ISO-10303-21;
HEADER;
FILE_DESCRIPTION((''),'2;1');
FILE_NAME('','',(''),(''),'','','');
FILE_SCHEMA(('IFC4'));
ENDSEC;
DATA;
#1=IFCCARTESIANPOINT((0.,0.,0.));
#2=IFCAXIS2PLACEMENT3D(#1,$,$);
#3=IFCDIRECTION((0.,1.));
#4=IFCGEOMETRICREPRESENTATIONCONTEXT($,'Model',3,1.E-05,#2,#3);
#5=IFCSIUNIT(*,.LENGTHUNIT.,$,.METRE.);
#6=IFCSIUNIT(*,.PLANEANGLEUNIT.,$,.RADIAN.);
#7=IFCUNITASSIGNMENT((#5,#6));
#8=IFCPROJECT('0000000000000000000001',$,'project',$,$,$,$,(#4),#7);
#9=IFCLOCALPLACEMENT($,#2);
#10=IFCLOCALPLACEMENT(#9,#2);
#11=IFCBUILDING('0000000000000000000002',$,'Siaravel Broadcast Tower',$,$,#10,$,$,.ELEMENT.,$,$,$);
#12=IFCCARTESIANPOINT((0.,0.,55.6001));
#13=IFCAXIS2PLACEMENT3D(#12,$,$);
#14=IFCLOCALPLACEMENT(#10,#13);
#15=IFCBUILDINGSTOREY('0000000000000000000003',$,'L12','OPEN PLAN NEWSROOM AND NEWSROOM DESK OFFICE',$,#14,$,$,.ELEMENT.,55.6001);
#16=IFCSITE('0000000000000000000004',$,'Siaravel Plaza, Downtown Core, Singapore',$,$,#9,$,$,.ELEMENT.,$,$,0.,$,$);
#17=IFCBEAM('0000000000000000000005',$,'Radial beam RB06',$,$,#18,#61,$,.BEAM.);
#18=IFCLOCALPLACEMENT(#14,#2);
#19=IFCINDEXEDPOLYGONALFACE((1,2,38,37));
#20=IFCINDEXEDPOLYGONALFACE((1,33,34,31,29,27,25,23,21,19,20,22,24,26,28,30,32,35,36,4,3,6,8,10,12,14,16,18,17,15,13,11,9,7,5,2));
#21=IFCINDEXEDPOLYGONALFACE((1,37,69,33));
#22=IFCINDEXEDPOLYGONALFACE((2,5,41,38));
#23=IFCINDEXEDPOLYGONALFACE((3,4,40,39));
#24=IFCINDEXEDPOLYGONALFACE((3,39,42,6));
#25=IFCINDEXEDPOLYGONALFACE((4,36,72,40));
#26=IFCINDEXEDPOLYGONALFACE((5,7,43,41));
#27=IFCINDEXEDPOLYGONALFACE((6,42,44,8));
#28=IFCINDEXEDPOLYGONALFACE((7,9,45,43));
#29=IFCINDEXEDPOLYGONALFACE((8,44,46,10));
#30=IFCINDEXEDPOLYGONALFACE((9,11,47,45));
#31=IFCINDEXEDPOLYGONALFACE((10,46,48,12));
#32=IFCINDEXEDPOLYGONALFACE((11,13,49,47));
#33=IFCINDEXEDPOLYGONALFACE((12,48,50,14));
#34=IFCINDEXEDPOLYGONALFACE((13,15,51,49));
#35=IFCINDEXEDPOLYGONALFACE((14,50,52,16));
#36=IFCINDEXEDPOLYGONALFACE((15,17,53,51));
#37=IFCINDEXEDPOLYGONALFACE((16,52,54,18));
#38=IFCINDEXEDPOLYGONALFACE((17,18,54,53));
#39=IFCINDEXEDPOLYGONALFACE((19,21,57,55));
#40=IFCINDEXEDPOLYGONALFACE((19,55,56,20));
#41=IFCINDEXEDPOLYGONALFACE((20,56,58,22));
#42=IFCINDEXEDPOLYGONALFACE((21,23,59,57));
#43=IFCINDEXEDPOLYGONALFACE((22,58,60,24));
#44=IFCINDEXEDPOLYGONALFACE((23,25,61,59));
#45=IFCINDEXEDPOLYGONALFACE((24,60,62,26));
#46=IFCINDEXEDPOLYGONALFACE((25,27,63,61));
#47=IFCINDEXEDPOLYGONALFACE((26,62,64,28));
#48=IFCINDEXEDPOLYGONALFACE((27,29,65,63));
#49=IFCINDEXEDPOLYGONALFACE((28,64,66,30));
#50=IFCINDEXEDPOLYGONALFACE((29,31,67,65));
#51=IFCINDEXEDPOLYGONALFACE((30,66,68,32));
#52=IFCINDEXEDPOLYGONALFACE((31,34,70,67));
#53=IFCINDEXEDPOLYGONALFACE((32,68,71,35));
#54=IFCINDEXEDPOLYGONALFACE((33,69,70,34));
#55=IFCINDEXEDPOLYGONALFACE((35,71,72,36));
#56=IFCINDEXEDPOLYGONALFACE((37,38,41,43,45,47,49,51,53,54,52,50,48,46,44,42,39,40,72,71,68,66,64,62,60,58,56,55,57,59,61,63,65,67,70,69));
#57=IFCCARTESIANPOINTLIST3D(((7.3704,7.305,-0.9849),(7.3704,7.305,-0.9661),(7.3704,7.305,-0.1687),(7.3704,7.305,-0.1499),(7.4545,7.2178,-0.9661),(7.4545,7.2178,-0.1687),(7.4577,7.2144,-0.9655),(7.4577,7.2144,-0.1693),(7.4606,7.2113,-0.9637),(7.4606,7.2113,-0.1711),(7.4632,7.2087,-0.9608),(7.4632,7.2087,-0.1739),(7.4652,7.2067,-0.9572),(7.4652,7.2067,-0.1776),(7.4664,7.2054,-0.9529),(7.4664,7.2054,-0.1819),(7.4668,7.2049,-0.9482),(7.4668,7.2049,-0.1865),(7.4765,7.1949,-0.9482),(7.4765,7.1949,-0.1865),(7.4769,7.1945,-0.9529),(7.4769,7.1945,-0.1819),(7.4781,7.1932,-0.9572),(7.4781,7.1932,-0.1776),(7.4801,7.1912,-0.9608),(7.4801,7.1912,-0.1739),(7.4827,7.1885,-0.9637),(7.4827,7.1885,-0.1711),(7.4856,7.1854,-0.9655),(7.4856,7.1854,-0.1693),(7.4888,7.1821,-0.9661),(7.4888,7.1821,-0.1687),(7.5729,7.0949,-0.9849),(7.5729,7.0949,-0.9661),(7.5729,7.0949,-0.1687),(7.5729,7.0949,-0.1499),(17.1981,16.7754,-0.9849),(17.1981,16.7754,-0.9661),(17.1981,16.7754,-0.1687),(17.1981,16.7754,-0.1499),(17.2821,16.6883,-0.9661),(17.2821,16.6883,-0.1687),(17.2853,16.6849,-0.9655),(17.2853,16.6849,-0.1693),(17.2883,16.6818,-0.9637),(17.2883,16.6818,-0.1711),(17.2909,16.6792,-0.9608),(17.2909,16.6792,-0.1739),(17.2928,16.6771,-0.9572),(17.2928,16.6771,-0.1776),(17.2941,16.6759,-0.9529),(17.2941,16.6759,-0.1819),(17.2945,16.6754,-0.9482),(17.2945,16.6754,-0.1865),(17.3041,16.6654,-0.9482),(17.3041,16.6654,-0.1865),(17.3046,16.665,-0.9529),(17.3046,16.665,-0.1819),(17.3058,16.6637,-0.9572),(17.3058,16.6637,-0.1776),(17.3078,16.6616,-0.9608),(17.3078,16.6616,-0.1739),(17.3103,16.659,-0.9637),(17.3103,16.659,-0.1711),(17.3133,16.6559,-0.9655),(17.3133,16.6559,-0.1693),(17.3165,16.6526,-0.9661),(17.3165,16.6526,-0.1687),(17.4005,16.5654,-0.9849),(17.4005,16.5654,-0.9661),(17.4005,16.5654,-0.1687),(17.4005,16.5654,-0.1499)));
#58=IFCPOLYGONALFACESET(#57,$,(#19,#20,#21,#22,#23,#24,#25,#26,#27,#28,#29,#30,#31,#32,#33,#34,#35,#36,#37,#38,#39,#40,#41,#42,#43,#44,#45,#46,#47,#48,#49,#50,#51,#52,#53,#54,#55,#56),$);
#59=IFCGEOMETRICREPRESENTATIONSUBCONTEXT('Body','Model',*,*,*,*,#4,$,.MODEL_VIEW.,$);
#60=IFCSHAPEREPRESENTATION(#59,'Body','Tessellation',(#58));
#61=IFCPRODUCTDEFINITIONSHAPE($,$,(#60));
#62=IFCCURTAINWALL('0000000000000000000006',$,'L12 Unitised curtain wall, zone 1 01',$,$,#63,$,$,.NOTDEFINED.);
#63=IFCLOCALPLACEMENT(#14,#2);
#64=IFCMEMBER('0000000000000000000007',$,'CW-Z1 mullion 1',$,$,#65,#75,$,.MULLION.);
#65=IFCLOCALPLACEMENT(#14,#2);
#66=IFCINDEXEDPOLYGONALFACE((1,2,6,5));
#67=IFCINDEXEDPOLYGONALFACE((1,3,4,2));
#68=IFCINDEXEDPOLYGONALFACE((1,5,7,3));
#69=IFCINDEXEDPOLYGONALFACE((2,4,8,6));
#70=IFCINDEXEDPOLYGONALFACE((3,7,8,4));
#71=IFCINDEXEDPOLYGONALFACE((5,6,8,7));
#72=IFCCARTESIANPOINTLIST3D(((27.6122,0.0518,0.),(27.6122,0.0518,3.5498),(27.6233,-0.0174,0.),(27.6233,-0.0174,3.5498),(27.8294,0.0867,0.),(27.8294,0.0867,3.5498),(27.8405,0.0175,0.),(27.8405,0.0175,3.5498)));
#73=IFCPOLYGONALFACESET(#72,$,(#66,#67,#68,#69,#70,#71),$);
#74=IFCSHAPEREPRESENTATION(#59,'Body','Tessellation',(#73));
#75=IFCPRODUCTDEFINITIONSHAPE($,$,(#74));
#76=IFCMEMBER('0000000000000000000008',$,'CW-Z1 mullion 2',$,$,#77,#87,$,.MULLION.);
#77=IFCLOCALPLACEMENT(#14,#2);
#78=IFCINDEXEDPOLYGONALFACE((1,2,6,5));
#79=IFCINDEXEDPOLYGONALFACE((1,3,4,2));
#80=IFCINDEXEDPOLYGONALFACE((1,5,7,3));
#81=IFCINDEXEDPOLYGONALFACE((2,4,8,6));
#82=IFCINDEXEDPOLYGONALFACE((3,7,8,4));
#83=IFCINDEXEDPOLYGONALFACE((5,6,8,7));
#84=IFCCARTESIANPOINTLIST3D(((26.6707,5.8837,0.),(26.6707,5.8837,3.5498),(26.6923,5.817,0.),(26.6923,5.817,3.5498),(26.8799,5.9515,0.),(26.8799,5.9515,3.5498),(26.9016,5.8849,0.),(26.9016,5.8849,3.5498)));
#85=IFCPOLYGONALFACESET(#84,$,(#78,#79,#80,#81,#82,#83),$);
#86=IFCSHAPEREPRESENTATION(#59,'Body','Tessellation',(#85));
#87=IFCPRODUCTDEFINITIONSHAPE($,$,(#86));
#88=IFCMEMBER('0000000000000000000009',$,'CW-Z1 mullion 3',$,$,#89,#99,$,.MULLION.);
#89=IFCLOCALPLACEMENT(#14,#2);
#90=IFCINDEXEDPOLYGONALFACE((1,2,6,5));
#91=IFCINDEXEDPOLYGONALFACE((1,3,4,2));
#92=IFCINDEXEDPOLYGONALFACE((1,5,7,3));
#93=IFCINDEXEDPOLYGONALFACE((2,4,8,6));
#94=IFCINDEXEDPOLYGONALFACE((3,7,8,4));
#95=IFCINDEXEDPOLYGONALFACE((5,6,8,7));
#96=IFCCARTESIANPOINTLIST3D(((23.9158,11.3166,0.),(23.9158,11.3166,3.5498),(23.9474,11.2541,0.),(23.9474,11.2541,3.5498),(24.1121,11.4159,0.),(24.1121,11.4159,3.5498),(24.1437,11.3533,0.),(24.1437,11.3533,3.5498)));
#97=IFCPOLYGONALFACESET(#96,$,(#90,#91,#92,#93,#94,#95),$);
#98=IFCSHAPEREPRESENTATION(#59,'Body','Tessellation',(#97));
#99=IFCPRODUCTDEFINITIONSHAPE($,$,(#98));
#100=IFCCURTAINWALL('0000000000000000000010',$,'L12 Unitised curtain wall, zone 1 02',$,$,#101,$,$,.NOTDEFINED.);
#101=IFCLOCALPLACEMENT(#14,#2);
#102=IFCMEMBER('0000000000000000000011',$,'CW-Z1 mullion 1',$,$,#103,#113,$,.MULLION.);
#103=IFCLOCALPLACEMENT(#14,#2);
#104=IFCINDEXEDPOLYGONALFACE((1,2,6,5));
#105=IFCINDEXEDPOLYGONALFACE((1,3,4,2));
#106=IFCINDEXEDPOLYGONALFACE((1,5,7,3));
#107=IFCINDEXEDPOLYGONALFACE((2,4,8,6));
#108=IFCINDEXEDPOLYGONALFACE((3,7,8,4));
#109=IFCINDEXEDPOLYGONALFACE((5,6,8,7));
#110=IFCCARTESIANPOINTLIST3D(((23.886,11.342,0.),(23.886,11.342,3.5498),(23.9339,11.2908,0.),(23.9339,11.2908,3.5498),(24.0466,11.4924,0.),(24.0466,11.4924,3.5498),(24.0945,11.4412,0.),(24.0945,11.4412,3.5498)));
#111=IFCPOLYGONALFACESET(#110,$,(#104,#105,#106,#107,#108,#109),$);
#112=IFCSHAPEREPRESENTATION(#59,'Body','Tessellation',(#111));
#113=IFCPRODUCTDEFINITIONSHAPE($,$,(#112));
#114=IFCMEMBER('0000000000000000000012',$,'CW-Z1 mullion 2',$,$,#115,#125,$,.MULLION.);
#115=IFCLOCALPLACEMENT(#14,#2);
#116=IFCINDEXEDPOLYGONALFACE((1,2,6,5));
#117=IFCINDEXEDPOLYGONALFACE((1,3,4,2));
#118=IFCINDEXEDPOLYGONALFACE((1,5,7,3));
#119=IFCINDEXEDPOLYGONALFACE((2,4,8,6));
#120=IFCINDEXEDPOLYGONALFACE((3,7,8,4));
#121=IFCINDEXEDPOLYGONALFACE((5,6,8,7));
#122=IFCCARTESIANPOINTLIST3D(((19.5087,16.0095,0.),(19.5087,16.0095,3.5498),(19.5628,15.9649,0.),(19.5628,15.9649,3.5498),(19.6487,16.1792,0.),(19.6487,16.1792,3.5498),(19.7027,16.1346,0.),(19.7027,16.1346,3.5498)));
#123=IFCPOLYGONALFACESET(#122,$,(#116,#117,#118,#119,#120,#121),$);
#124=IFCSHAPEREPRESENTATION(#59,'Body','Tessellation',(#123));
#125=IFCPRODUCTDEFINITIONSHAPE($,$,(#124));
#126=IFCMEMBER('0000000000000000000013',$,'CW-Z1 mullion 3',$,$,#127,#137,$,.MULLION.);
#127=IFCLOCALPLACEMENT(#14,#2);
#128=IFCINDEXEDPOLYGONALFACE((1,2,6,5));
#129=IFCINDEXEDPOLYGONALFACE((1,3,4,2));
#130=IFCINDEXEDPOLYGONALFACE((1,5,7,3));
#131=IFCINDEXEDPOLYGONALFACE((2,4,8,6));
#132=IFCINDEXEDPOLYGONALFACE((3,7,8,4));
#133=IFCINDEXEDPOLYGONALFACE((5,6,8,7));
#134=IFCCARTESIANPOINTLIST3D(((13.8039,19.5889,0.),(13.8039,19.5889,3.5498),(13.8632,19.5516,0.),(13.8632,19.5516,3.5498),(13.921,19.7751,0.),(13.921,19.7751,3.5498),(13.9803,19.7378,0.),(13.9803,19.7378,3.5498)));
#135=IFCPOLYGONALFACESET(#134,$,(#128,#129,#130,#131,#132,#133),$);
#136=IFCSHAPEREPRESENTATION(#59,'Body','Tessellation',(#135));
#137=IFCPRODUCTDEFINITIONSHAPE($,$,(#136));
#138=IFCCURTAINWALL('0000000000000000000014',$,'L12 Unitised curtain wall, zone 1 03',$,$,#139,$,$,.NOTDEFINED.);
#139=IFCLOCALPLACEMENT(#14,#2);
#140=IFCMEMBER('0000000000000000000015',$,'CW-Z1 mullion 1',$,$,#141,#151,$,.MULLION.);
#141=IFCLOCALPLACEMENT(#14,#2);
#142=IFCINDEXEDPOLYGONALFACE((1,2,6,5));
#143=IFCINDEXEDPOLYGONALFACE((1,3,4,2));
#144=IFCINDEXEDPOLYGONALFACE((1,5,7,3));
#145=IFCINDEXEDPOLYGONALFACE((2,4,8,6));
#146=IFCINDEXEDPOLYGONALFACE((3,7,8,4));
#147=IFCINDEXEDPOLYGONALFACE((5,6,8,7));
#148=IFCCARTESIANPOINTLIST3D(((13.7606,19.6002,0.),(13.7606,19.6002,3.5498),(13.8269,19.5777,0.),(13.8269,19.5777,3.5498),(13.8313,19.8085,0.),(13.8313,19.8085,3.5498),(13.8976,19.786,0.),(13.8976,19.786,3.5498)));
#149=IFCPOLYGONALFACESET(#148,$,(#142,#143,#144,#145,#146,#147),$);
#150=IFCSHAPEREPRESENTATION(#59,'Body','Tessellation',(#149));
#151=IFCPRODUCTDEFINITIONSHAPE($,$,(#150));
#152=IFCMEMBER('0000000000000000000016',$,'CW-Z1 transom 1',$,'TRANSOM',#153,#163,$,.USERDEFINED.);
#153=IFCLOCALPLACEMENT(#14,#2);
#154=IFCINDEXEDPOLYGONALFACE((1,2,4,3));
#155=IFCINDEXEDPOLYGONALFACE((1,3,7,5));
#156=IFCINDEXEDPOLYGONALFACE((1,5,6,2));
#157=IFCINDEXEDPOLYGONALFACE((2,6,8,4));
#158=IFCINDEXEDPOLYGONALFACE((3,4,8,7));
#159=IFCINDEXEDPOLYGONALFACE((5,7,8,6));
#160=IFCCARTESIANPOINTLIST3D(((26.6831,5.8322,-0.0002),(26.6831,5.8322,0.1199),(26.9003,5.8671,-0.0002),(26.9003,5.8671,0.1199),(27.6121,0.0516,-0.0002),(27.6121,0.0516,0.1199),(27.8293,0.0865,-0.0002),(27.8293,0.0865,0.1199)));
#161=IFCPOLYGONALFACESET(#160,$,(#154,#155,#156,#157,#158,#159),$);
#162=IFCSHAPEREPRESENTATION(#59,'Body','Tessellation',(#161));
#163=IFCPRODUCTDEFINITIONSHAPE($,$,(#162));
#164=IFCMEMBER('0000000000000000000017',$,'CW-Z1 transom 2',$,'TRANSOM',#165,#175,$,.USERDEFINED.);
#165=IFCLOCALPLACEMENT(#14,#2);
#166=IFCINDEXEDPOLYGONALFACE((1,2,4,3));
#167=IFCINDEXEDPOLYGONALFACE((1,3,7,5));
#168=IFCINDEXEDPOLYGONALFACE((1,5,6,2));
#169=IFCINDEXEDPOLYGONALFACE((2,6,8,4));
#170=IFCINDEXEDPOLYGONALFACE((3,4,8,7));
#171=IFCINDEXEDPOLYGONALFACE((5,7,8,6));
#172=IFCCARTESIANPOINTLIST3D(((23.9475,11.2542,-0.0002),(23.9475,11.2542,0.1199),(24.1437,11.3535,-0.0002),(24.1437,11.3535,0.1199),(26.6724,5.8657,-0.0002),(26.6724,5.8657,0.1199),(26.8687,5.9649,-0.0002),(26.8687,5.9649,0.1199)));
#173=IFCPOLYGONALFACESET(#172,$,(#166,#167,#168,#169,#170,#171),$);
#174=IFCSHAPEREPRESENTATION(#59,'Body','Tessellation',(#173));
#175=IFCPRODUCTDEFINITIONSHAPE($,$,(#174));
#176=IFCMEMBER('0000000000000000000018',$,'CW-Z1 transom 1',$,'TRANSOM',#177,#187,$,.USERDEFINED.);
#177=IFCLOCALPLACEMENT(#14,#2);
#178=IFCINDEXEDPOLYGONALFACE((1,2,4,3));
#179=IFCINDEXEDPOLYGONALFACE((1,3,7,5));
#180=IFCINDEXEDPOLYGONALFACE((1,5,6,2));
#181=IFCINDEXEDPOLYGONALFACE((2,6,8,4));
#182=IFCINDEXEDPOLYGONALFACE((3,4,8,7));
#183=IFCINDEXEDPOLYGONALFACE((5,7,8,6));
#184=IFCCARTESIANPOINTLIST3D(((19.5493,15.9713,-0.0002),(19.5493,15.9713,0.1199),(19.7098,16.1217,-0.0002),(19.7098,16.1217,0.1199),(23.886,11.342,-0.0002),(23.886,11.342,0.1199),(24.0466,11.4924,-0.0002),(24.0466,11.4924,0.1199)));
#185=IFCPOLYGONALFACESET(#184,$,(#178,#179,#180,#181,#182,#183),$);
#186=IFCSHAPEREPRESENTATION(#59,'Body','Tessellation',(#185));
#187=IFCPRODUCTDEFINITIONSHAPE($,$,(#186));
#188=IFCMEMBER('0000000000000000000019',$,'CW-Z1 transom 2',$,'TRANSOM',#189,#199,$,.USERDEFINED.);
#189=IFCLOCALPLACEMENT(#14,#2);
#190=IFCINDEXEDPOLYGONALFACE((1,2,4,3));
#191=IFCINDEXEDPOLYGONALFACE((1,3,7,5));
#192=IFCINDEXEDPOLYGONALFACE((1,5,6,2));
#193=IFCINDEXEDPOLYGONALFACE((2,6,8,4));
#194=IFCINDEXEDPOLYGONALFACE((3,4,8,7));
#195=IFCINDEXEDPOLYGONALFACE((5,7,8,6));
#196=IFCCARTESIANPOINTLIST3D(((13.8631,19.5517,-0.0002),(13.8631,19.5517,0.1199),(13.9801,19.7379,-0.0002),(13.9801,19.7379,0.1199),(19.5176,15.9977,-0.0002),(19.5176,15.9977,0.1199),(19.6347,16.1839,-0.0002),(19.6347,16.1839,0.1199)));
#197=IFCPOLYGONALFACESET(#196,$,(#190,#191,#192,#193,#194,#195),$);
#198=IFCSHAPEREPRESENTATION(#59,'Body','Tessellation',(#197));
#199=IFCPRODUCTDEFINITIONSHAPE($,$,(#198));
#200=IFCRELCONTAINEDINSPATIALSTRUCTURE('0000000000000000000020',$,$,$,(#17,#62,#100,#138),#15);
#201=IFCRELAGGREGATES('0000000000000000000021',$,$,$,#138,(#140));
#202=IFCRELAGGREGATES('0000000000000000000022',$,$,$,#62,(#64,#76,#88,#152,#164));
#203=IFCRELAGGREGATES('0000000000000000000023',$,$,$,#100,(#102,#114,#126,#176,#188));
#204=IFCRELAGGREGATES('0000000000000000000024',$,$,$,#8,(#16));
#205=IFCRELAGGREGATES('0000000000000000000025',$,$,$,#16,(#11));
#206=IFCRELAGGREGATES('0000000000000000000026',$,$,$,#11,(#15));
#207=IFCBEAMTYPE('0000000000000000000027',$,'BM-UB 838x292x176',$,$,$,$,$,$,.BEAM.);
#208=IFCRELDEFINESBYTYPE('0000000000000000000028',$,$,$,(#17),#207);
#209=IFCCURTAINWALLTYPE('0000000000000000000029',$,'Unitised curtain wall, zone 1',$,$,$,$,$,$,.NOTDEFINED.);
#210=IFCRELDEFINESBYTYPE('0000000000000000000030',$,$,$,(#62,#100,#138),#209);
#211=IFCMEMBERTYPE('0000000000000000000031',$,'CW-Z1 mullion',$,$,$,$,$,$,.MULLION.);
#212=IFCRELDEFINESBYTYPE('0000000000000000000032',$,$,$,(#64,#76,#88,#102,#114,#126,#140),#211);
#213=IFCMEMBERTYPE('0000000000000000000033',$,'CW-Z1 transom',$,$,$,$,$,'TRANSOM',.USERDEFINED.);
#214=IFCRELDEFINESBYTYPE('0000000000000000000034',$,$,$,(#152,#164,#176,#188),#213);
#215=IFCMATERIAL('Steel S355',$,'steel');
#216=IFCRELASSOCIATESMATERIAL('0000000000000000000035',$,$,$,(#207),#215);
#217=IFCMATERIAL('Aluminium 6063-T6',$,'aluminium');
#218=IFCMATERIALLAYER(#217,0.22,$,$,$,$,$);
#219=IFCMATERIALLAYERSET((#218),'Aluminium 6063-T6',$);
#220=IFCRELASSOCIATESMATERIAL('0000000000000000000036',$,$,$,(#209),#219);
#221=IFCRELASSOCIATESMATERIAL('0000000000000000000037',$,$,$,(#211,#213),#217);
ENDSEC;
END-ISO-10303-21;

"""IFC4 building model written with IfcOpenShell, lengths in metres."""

from ifc_helpers import new_model, si_unit, direction, frame, origin, origin_2d, place, context, subcontext, project, spatial, rectangle, i_section, extrude, material, layer, layer_set, material_profile, profile_set, type_object, element, aggregate, save


model = new_model("IFC4")

# Units and contexts
model_context = context("Model", 3, precision=1e-05, world=origin(), true_north=direction((0.0, 1.0)))
body_context = subcontext(model_context, "Body", "Model", "MODEL_VIEW")
ifc_project = project(units=[si_unit("LENGTHUNIT", "METRE"), si_unit("PLANEANGLEUNIT", "RADIAN")], contexts=[model_context])

# Site, building, storey
site_placement = place(None, origin())
site = spatial("IfcSite", under=ifc_project, at=site_placement, Name="Siaravel Plaza, Downtown Core, Singapore", CompositionType="ELEMENT", RefElevation=0.0)
building_placement = place(site_placement, origin())
building = spatial("IfcBuilding", under=site, at=building_placement, Name="Siaravel Broadcast Tower", CompositionType="ELEMENT")
storey_placement = place(building_placement, frame((0.0, 0.0, 55.6001)))
storey = spatial("IfcBuildingStorey", under=building, at=storey_placement, Name="L12", Description="OPEN PLAN NEWSROOM AND NEWSROOM DESK OFFICE", CompositionType="ELEMENT", Elevation=55.6001)

# Beam
ifc_material_1 = material(Name="Steel S355", Category="steel")
ifc_material_profile_1 = material_profile(ifc_material_1, i_section(OverallWidth=0.2917, OverallDepth=0.835, WebThickness=0.0139, FlangeThickness=0.0188, FilletRadius=0.0178, at=origin_2d()))
ifc_profile_set_1 = profile_set([ifc_material_profile_1], Name="Steel S355")
beam_type = type_object("IfcBeamType", Name="BM-UB 838x292x176", PredefinedType="BEAM", material=ifc_profile_set_1)
beam_1_placement = place(storey_placement, frame((17.2993, 16.6704, -0.5674), z_axis=(-0.720071, -0.6939, 0.0), x_axis=(0.6939, -0.720071, 0.0)))
element("IfcBeam", 1, at=beam_1_placement, inside=storey, type_object=beam_type, Name="Radial beam RB06", PredefinedType="BEAM", context=body_context, shape_type="SweptSolid", body=[
    extrude(i_section(OverallWidth=0.2917, OverallDepth=0.835, WebThickness=0.0139, FlangeThickness=0.0188, FilletRadius=0.0178, at=origin_2d()), origin(), (0.0, 0.0, 1.0), 13.6482),
])

# Curtain walls, members
ifc_material_2 = material(Name="Aluminium 6063-T6", Category="aluminium")
ifc_layer_1 = layer(ifc_material_2, 0.22)
ifc_layer_set_1 = layer_set([ifc_layer_1], Name="Aluminium 6063-T6")
curtain_wall_type = type_object("IfcCurtainWallType", Name="Unitised curtain wall, zone 1", PredefinedType="NOTDEFINED", material=ifc_layer_set_1)
curtain_wall_1_placement = place(storey_placement, origin())
curtain_wall_1 = element("IfcCurtainWall", 2, at=curtain_wall_1_placement, inside=storey, type_object=curtain_wall_type, Name="L12 Unitised curtain wall, zone 1 01", PredefinedType="NOTDEFINED")
ifc_material_profile_2 = material_profile(ifc_material_2, rectangle(XDim=0.22, YDim=0.0701, at=origin_2d()))
ifc_profile_set_2 = profile_set([ifc_material_profile_2], Name="Aluminium 6063-T6")
member_type_1 = type_object("IfcMemberType", Name="CW-Z1 mullion", PredefinedType="MULLION", material=ifc_profile_set_2)
member_1_placement = place(storey_placement, frame((27.7263, 0.0347, 0.0), z_axis=(0.0, 0.0, 1.0), x_axis=(-0.987329, -0.158686, 0.0)))
member_1 = element("IfcMember", 3, at=member_1_placement, type_object=member_type_1, Name="CW-Z1 mullion 1", PredefinedType="MULLION", context=body_context, shape_type="SweptSolid", body=[
    extrude(rectangle(XDim=0.22, YDim=0.0701, at=origin_2d()), origin(), (0.0, 0.0, 1.0), 3.5498),
])
member_2_placement = place(storey_placement, frame((26.7861, 5.8843, 0.0), z_axis=(0.0, 0.0, 1.0), x_axis=(-0.951177, -0.308646, 0.0)))
member_2 = element("IfcMember", 4, at=member_2_placement, type_object=member_type_1, Name="CW-Z1 mullion 2", PredefinedType="MULLION", context=body_context, shape_type="SweptSolid", body=[
    extrude(rectangle(XDim=0.22, YDim=0.0701, at=origin_2d()), origin(), (0.0, 0.0, 1.0), 3.5498),
])
member_3_placement = place(storey_placement, frame((24.0298, 11.335, 0.0), z_axis=(0.0, 0.0, 1.0), x_axis=(-0.892392, -0.451261, 0.0)))
member_3 = element("IfcMember", 5, at=member_3_placement, type_object=member_type_1, Name="CW-Z1 mullion 3", PredefinedType="MULLION", context=body_context, shape_type="SweptSolid", body=[
    extrude(rectangle(XDim=0.22, YDim=0.0701, at=origin_2d()), origin(), (0.0, 0.0, 1.0), 3.5498),
])
curtain_wall_2_placement = place(storey_placement, origin())
curtain_wall_2 = element("IfcCurtainWall", 6, at=curtain_wall_2_placement, inside=storey, type_object=curtain_wall_type, Name="L12 Unitised curtain wall, zone 1 02", PredefinedType="NOTDEFINED")
member_4_placement = place(storey_placement, frame((23.9902, 11.3916, 0.0), z_axis=(0.0, 0.0, 1.0), x_axis=(-0.729805, -0.683655, 0.0)))
member_4 = element("IfcMember", 7, at=member_4_placement, type_object=member_type_1, Name="CW-Z1 mullion 1", PredefinedType="MULLION", context=body_context, shape_type="SweptSolid", body=[
    extrude(rectangle(XDim=0.22, YDim=0.0701, at=origin_2d()), origin(), (0.0, 0.0, 1.0), 3.5498),
])
member_5_placement = place(storey_placement, frame((19.6057, 16.072, 0.0), z_axis=(0.0, 0.0, 1.0), x_axis=(-0.636219, -0.771509, 0.0)))
member_5 = element("IfcMember", 8, at=member_5_placement, type_object=member_type_1, Name="CW-Z1 mullion 2", PredefinedType="MULLION", context=body_context, shape_type="SweptSolid", body=[
    extrude(rectangle(XDim=0.22, YDim=0.0701, at=origin_2d()), origin(), (0.0, 0.0, 1.0), 3.5498),
])
member_6_placement = place(storey_placement, frame((13.8921, 19.6633, 0.0), z_axis=(0.0, 0.0, 1.0), x_axis=(-0.532149, -0.846651, 0.0)))
member_6 = element("IfcMember", 9, at=member_6_placement, type_object=member_type_1, Name="CW-Z1 mullion 3", PredefinedType="MULLION", context=body_context, shape_type="SweptSolid", body=[
    extrude(rectangle(XDim=0.22, YDim=0.0701, at=origin_2d()), origin(), (0.0, 0.0, 1.0), 3.5498),
])

# Curtain wall, member
curtain_wall_3_placement = place(storey_placement, origin())
curtain_wall_3 = element("IfcCurtainWall", 10, at=curtain_wall_3_placement, inside=storey, type_object=curtain_wall_type, Name="L12 Unitised curtain wall, zone 1 03", PredefinedType="NOTDEFINED")
member_7_placement = place(storey_placement, frame((13.8291, 19.6931, 0.0), z_axis=(0.0, 0.0, 1.0), x_axis=(-0.321301, -0.946977, 0.0)))
member_7 = element("IfcMember", 11, at=member_7_placement, type_object=member_type_1, Name="CW-Z1 mullion 1", PredefinedType="MULLION", context=body_context, shape_type="SweptSolid", body=[
    extrude(rectangle(XDim=0.22, YDim=0.0701, at=origin_2d()), origin(), (0.0, 0.0, 1.0), 3.5498),
])
aggregate(curtain_wall_3, [member_7])

# Members
ifc_material_profile_3 = material_profile(ifc_material_2, rectangle(XDim=0.22, YDim=0.1201, at=origin_2d()))
ifc_profile_set_3 = profile_set([ifc_material_profile_3], Name="Aluminium 6063-T6")
member_type_2 = type_object("IfcMemberType", Name="CW-Z1 transom", ElementType="TRANSOM", PredefinedType="USERDEFINED", material=ifc_profile_set_3)
member_8_placement = place(storey_placement, frame((27.7207, 0.0691, 0.0598), z_axis=(-0.158669, 0.987332, 0.0), x_axis=(-0.987332, -0.158669, 0.0)))
member_8 = element("IfcMember", 12, at=member_8_placement, type_object=member_type_2, Name="CW-Z1 transom 1", ObjectType="TRANSOM", PredefinedType="USERDEFINED", context=body_context, shape_type="SweptSolid", body=[
    extrude(rectangle(XDim=0.22, YDim=0.1201, at=origin_2d()), origin(), (0.0, 0.0, 1.0), 5.8547),
])
member_9_placement = place(storey_placement, frame((26.7705, 5.9153, 0.0598), z_axis=(-0.451268, 0.892388, 0.0), x_axis=(-0.892388, -0.451268, 0.0)))
member_9 = element("IfcMember", 13, at=member_9_placement, type_object=member_type_2, Name="CW-Z1 transom 2", ObjectType="TRANSOM", PredefinedType="USERDEFINED", context=body_context, shape_type="SweptSolid", body=[
    extrude(rectangle(XDim=0.22, YDim=0.1201, at=origin_2d()), origin(), (0.0, 0.0, 1.0), 6.0383),
])
member_10_placement = place(storey_placement, frame((23.9663, 11.4172, 0.0598), z_axis=(-0.683676, 0.729786, 0.0), x_axis=(-0.729786, -0.683676, 0.0)))
member_10 = element("IfcMember", 14, at=member_10_placement, type_object=member_type_2, Name="CW-Z1 transom 1", ObjectType="TRANSOM", PredefinedType="USERDEFINED", context=body_context, shape_type="SweptSolid", body=[
    extrude(rectangle(XDim=0.22, YDim=0.1201, at=origin_2d()), origin(), (0.0, 0.0, 1.0), 6.3433),
])
member_11_placement = place(storey_placement, frame((19.5762, 16.0908, 0.0598), z_axis=(-0.846659, 0.532136, 0.0), x_axis=(-0.532136, -0.846659, 0.0)))
member_11 = element("IfcMember", 15, at=member_11_placement, type_object=member_type_2, Name="CW-Z1 transom 2", ObjectType="TRANSOM", PredefinedType="USERDEFINED", context=body_context, shape_type="SweptSolid", body=[
    extrude(rectangle(XDim=0.22, YDim=0.1201, at=origin_2d()), origin(), (0.0, 0.0, 1.0), 6.6787),
])

aggregate(curtain_wall_1, [member_1, member_2, member_3, member_8, member_9])
aggregate(curtain_wall_2, [member_4, member_5, member_6, member_10, member_11])

save(model, "model.ifc")
